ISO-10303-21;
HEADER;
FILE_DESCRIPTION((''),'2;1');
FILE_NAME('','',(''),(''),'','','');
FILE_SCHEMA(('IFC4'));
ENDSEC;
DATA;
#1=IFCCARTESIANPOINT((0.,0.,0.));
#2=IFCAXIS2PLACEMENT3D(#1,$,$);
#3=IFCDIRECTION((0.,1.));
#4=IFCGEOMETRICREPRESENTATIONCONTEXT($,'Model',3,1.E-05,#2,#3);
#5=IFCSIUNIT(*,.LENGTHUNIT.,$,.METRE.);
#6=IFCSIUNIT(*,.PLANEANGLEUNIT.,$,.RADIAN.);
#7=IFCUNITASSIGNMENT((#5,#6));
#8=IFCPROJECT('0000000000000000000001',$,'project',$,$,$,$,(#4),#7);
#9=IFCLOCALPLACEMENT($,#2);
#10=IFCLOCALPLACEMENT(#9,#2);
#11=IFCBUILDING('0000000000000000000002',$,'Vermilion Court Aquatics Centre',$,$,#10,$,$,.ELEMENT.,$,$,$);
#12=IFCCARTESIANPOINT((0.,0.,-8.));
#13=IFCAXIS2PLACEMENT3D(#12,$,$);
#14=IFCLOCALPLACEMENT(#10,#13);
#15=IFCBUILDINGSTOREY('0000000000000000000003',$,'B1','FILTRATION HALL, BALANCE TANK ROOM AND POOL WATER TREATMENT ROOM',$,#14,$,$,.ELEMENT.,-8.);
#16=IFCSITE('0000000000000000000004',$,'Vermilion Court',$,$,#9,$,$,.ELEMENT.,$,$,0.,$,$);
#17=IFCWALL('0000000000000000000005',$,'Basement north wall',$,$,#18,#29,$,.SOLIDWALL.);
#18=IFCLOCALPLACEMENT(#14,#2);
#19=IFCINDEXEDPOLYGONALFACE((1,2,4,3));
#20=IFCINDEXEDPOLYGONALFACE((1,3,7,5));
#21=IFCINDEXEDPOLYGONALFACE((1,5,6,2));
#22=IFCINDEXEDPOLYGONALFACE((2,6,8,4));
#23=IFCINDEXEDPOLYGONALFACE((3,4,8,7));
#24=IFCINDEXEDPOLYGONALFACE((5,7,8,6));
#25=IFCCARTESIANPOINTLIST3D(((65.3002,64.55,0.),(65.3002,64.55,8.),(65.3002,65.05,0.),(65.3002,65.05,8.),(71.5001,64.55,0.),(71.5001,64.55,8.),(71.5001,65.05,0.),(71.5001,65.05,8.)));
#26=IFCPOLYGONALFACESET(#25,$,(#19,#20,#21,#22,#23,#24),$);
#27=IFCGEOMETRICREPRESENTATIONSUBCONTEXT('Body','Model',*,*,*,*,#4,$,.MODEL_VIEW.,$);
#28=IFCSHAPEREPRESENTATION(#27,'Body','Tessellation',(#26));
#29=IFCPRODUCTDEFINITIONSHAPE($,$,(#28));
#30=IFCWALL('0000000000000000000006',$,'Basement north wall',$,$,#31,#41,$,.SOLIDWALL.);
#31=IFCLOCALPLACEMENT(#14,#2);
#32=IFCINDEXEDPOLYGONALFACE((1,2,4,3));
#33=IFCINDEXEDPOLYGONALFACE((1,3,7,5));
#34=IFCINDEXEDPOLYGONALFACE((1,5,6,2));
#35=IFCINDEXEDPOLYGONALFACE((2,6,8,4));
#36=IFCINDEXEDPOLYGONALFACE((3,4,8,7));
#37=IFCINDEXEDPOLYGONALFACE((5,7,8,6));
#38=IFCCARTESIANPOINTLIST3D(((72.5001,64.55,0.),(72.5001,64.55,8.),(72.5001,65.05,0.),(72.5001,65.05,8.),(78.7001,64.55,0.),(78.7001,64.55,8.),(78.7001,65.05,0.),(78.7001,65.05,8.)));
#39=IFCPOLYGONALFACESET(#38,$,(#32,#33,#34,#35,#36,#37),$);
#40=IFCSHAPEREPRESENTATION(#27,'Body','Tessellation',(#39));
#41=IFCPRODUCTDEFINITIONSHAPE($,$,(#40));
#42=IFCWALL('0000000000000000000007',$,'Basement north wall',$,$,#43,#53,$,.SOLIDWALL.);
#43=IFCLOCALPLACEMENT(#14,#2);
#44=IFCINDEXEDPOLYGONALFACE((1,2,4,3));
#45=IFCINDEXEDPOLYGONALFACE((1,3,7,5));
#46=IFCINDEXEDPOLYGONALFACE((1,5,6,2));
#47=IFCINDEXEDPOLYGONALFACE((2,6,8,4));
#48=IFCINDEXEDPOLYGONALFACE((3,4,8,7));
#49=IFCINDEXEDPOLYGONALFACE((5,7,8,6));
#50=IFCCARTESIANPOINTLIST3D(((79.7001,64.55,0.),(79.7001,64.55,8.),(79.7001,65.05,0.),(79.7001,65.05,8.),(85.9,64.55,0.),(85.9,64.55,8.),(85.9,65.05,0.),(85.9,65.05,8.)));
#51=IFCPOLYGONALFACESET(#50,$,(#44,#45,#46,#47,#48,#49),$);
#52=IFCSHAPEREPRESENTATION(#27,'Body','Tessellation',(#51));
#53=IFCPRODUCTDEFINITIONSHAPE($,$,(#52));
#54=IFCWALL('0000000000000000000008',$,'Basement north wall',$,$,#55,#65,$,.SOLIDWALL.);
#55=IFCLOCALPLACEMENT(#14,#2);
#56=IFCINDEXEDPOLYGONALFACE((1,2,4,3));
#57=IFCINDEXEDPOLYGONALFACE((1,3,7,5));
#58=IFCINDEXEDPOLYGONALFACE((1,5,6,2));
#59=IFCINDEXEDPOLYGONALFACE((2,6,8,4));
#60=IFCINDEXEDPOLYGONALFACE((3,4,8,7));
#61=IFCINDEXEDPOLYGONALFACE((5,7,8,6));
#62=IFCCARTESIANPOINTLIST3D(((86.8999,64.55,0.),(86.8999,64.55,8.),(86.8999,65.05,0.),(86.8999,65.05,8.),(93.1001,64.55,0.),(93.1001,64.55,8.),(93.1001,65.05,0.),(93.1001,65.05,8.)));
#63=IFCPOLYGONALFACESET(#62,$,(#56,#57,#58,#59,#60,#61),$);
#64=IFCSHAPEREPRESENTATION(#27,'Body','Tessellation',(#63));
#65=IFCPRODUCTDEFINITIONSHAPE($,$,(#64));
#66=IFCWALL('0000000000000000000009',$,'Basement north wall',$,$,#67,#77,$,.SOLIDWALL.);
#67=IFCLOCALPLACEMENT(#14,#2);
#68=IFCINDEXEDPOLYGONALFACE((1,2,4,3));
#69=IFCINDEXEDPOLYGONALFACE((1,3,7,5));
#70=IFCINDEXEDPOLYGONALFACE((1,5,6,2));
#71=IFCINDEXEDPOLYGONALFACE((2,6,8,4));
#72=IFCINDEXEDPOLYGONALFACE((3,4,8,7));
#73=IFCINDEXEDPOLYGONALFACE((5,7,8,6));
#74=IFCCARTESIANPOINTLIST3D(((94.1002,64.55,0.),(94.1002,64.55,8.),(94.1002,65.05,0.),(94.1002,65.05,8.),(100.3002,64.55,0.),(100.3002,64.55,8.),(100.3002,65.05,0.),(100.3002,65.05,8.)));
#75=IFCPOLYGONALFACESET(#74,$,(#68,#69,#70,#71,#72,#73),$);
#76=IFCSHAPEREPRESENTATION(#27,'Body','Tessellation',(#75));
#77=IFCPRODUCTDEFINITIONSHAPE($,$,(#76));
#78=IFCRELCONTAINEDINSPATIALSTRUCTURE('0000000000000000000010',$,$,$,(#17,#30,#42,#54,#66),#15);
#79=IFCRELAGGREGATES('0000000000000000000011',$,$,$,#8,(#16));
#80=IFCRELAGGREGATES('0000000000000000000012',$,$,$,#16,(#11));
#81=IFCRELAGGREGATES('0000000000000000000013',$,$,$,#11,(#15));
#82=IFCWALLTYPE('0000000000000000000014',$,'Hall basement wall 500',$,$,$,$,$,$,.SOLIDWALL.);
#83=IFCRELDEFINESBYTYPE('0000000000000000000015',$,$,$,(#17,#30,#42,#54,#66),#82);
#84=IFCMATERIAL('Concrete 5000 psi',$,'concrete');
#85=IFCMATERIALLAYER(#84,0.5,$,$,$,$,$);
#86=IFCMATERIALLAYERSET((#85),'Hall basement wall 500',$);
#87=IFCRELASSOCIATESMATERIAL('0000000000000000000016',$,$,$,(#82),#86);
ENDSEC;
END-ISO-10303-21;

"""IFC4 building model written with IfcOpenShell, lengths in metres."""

from ifc_helpers import new_model, si_unit, direction, frame, frame_2d, origin, place, context, subcontext, project, spatial, rectangle, extrude, material, layer, layer_set, type_object, element, save


model = new_model("IFC4")

# Units and contexts
model_context = context("Model", 3, precision=1e-05, world=origin(), true_north=direction((0.0, 1.0)))
body_context = subcontext(model_context, "Body", "Model", "MODEL_VIEW")
ifc_project = project(units=[si_unit("LENGTHUNIT", "METRE"), si_unit("PLANEANGLEUNIT", "RADIAN")], contexts=[model_context])

# Site, building, storey
site_placement = place(None, origin())
site = spatial("IfcSite", under=ifc_project, at=site_placement, Name="Vermilion Court", CompositionType="ELEMENT", RefElevation=0.0)
building_placement = place(site_placement, origin())
building = spatial("IfcBuilding", under=site, at=building_placement, Name="Vermilion Court Aquatics Centre", CompositionType="ELEMENT")
storey_placement = place(building_placement, frame((0.0, 0.0, -8.0)))
storey = spatial("IfcBuildingStorey", under=building, at=storey_placement, Name="B1", Description="FILTRATION HALL, BALANCE TANK ROOM AND POOL WATER TREATMENT ROOM", CompositionType="ELEMENT", Elevation=-8.0)

# Walls
ifc_material_1 = material(Name="Concrete 5000 psi", Category="concrete")
ifc_layer_1 = layer(ifc_material_1, 0.5)
ifc_layer_set_1 = layer_set([ifc_layer_1], Name="Hall basement wall 500")
wall_type_1 = type_object("IfcWallType", Name="Hall basement wall 500", PredefinedType="SOLIDWALL", material=ifc_layer_set_1)
for number, where, z_axis, x_axis, name in (
    (1, (65.3, 64.8, 0.0), (0.0, 0.0, 1.0), (1.0, 0.0, 0.0), "Basement north wall"),
    (2, (72.5, 64.8, 0.0), (0.0, 0.0, 1.0), (1.0, 0.0, 0.0), "Basement north wall"),
    (3, (79.7, 64.8, 0.0), (0.0, 0.0, 1.0), (1.0, 0.0, 0.0), "Basement north wall"),
):
    element("IfcWall", number, at=place(storey_placement, frame(where, z_axis=z_axis, x_axis=x_axis)), inside=storey, type_object=wall_type_1, Name=name, PredefinedType="SOLIDWALL", context=body_context, shape_type="SweptSolid", body=[
        extrude(rectangle(XDim=6.2, YDim=0.5, at=frame_2d((3.1001, 0.0))), origin(), (0.0, 0.0, 1.0), 8.0),
    ])
wall_1_placement = place(storey_placement, frame((86.8999, 64.8, 0.0), z_axis=(0.0, 0.0, 1.0), x_axis=(1.0, 0.0, 0.0)))
element("IfcWall", 4, at=wall_1_placement, inside=storey, type_object=wall_type_1, Name="Basement north wall", PredefinedType="SOLIDWALL", context=body_context, shape_type="SweptSolid", body=[
    extrude(rectangle(XDim=6.2002, YDim=0.5, at=frame_2d((3.1001, 0.0))), origin(), (0.0, 0.0, 1.0), 8.0),
])
wall_2_placement = place(storey_placement, frame((94.1001, 64.8, 0.0), z_axis=(0.0, 0.0, 1.0), x_axis=(1.0, 0.0, 0.0)))
element("IfcWall", 5, at=wall_2_placement, inside=storey, type_object=wall_type_1, Name="Basement north wall", PredefinedType="SOLIDWALL", context=body_context, shape_type="SweptSolid", body=[
    extrude(rectangle(XDim=6.2, YDim=0.5, at=frame_2d((3.1001, 0.0))), origin(), (0.0, 0.0, 1.0), 8.0),
])

save(model, "model.ifc")
